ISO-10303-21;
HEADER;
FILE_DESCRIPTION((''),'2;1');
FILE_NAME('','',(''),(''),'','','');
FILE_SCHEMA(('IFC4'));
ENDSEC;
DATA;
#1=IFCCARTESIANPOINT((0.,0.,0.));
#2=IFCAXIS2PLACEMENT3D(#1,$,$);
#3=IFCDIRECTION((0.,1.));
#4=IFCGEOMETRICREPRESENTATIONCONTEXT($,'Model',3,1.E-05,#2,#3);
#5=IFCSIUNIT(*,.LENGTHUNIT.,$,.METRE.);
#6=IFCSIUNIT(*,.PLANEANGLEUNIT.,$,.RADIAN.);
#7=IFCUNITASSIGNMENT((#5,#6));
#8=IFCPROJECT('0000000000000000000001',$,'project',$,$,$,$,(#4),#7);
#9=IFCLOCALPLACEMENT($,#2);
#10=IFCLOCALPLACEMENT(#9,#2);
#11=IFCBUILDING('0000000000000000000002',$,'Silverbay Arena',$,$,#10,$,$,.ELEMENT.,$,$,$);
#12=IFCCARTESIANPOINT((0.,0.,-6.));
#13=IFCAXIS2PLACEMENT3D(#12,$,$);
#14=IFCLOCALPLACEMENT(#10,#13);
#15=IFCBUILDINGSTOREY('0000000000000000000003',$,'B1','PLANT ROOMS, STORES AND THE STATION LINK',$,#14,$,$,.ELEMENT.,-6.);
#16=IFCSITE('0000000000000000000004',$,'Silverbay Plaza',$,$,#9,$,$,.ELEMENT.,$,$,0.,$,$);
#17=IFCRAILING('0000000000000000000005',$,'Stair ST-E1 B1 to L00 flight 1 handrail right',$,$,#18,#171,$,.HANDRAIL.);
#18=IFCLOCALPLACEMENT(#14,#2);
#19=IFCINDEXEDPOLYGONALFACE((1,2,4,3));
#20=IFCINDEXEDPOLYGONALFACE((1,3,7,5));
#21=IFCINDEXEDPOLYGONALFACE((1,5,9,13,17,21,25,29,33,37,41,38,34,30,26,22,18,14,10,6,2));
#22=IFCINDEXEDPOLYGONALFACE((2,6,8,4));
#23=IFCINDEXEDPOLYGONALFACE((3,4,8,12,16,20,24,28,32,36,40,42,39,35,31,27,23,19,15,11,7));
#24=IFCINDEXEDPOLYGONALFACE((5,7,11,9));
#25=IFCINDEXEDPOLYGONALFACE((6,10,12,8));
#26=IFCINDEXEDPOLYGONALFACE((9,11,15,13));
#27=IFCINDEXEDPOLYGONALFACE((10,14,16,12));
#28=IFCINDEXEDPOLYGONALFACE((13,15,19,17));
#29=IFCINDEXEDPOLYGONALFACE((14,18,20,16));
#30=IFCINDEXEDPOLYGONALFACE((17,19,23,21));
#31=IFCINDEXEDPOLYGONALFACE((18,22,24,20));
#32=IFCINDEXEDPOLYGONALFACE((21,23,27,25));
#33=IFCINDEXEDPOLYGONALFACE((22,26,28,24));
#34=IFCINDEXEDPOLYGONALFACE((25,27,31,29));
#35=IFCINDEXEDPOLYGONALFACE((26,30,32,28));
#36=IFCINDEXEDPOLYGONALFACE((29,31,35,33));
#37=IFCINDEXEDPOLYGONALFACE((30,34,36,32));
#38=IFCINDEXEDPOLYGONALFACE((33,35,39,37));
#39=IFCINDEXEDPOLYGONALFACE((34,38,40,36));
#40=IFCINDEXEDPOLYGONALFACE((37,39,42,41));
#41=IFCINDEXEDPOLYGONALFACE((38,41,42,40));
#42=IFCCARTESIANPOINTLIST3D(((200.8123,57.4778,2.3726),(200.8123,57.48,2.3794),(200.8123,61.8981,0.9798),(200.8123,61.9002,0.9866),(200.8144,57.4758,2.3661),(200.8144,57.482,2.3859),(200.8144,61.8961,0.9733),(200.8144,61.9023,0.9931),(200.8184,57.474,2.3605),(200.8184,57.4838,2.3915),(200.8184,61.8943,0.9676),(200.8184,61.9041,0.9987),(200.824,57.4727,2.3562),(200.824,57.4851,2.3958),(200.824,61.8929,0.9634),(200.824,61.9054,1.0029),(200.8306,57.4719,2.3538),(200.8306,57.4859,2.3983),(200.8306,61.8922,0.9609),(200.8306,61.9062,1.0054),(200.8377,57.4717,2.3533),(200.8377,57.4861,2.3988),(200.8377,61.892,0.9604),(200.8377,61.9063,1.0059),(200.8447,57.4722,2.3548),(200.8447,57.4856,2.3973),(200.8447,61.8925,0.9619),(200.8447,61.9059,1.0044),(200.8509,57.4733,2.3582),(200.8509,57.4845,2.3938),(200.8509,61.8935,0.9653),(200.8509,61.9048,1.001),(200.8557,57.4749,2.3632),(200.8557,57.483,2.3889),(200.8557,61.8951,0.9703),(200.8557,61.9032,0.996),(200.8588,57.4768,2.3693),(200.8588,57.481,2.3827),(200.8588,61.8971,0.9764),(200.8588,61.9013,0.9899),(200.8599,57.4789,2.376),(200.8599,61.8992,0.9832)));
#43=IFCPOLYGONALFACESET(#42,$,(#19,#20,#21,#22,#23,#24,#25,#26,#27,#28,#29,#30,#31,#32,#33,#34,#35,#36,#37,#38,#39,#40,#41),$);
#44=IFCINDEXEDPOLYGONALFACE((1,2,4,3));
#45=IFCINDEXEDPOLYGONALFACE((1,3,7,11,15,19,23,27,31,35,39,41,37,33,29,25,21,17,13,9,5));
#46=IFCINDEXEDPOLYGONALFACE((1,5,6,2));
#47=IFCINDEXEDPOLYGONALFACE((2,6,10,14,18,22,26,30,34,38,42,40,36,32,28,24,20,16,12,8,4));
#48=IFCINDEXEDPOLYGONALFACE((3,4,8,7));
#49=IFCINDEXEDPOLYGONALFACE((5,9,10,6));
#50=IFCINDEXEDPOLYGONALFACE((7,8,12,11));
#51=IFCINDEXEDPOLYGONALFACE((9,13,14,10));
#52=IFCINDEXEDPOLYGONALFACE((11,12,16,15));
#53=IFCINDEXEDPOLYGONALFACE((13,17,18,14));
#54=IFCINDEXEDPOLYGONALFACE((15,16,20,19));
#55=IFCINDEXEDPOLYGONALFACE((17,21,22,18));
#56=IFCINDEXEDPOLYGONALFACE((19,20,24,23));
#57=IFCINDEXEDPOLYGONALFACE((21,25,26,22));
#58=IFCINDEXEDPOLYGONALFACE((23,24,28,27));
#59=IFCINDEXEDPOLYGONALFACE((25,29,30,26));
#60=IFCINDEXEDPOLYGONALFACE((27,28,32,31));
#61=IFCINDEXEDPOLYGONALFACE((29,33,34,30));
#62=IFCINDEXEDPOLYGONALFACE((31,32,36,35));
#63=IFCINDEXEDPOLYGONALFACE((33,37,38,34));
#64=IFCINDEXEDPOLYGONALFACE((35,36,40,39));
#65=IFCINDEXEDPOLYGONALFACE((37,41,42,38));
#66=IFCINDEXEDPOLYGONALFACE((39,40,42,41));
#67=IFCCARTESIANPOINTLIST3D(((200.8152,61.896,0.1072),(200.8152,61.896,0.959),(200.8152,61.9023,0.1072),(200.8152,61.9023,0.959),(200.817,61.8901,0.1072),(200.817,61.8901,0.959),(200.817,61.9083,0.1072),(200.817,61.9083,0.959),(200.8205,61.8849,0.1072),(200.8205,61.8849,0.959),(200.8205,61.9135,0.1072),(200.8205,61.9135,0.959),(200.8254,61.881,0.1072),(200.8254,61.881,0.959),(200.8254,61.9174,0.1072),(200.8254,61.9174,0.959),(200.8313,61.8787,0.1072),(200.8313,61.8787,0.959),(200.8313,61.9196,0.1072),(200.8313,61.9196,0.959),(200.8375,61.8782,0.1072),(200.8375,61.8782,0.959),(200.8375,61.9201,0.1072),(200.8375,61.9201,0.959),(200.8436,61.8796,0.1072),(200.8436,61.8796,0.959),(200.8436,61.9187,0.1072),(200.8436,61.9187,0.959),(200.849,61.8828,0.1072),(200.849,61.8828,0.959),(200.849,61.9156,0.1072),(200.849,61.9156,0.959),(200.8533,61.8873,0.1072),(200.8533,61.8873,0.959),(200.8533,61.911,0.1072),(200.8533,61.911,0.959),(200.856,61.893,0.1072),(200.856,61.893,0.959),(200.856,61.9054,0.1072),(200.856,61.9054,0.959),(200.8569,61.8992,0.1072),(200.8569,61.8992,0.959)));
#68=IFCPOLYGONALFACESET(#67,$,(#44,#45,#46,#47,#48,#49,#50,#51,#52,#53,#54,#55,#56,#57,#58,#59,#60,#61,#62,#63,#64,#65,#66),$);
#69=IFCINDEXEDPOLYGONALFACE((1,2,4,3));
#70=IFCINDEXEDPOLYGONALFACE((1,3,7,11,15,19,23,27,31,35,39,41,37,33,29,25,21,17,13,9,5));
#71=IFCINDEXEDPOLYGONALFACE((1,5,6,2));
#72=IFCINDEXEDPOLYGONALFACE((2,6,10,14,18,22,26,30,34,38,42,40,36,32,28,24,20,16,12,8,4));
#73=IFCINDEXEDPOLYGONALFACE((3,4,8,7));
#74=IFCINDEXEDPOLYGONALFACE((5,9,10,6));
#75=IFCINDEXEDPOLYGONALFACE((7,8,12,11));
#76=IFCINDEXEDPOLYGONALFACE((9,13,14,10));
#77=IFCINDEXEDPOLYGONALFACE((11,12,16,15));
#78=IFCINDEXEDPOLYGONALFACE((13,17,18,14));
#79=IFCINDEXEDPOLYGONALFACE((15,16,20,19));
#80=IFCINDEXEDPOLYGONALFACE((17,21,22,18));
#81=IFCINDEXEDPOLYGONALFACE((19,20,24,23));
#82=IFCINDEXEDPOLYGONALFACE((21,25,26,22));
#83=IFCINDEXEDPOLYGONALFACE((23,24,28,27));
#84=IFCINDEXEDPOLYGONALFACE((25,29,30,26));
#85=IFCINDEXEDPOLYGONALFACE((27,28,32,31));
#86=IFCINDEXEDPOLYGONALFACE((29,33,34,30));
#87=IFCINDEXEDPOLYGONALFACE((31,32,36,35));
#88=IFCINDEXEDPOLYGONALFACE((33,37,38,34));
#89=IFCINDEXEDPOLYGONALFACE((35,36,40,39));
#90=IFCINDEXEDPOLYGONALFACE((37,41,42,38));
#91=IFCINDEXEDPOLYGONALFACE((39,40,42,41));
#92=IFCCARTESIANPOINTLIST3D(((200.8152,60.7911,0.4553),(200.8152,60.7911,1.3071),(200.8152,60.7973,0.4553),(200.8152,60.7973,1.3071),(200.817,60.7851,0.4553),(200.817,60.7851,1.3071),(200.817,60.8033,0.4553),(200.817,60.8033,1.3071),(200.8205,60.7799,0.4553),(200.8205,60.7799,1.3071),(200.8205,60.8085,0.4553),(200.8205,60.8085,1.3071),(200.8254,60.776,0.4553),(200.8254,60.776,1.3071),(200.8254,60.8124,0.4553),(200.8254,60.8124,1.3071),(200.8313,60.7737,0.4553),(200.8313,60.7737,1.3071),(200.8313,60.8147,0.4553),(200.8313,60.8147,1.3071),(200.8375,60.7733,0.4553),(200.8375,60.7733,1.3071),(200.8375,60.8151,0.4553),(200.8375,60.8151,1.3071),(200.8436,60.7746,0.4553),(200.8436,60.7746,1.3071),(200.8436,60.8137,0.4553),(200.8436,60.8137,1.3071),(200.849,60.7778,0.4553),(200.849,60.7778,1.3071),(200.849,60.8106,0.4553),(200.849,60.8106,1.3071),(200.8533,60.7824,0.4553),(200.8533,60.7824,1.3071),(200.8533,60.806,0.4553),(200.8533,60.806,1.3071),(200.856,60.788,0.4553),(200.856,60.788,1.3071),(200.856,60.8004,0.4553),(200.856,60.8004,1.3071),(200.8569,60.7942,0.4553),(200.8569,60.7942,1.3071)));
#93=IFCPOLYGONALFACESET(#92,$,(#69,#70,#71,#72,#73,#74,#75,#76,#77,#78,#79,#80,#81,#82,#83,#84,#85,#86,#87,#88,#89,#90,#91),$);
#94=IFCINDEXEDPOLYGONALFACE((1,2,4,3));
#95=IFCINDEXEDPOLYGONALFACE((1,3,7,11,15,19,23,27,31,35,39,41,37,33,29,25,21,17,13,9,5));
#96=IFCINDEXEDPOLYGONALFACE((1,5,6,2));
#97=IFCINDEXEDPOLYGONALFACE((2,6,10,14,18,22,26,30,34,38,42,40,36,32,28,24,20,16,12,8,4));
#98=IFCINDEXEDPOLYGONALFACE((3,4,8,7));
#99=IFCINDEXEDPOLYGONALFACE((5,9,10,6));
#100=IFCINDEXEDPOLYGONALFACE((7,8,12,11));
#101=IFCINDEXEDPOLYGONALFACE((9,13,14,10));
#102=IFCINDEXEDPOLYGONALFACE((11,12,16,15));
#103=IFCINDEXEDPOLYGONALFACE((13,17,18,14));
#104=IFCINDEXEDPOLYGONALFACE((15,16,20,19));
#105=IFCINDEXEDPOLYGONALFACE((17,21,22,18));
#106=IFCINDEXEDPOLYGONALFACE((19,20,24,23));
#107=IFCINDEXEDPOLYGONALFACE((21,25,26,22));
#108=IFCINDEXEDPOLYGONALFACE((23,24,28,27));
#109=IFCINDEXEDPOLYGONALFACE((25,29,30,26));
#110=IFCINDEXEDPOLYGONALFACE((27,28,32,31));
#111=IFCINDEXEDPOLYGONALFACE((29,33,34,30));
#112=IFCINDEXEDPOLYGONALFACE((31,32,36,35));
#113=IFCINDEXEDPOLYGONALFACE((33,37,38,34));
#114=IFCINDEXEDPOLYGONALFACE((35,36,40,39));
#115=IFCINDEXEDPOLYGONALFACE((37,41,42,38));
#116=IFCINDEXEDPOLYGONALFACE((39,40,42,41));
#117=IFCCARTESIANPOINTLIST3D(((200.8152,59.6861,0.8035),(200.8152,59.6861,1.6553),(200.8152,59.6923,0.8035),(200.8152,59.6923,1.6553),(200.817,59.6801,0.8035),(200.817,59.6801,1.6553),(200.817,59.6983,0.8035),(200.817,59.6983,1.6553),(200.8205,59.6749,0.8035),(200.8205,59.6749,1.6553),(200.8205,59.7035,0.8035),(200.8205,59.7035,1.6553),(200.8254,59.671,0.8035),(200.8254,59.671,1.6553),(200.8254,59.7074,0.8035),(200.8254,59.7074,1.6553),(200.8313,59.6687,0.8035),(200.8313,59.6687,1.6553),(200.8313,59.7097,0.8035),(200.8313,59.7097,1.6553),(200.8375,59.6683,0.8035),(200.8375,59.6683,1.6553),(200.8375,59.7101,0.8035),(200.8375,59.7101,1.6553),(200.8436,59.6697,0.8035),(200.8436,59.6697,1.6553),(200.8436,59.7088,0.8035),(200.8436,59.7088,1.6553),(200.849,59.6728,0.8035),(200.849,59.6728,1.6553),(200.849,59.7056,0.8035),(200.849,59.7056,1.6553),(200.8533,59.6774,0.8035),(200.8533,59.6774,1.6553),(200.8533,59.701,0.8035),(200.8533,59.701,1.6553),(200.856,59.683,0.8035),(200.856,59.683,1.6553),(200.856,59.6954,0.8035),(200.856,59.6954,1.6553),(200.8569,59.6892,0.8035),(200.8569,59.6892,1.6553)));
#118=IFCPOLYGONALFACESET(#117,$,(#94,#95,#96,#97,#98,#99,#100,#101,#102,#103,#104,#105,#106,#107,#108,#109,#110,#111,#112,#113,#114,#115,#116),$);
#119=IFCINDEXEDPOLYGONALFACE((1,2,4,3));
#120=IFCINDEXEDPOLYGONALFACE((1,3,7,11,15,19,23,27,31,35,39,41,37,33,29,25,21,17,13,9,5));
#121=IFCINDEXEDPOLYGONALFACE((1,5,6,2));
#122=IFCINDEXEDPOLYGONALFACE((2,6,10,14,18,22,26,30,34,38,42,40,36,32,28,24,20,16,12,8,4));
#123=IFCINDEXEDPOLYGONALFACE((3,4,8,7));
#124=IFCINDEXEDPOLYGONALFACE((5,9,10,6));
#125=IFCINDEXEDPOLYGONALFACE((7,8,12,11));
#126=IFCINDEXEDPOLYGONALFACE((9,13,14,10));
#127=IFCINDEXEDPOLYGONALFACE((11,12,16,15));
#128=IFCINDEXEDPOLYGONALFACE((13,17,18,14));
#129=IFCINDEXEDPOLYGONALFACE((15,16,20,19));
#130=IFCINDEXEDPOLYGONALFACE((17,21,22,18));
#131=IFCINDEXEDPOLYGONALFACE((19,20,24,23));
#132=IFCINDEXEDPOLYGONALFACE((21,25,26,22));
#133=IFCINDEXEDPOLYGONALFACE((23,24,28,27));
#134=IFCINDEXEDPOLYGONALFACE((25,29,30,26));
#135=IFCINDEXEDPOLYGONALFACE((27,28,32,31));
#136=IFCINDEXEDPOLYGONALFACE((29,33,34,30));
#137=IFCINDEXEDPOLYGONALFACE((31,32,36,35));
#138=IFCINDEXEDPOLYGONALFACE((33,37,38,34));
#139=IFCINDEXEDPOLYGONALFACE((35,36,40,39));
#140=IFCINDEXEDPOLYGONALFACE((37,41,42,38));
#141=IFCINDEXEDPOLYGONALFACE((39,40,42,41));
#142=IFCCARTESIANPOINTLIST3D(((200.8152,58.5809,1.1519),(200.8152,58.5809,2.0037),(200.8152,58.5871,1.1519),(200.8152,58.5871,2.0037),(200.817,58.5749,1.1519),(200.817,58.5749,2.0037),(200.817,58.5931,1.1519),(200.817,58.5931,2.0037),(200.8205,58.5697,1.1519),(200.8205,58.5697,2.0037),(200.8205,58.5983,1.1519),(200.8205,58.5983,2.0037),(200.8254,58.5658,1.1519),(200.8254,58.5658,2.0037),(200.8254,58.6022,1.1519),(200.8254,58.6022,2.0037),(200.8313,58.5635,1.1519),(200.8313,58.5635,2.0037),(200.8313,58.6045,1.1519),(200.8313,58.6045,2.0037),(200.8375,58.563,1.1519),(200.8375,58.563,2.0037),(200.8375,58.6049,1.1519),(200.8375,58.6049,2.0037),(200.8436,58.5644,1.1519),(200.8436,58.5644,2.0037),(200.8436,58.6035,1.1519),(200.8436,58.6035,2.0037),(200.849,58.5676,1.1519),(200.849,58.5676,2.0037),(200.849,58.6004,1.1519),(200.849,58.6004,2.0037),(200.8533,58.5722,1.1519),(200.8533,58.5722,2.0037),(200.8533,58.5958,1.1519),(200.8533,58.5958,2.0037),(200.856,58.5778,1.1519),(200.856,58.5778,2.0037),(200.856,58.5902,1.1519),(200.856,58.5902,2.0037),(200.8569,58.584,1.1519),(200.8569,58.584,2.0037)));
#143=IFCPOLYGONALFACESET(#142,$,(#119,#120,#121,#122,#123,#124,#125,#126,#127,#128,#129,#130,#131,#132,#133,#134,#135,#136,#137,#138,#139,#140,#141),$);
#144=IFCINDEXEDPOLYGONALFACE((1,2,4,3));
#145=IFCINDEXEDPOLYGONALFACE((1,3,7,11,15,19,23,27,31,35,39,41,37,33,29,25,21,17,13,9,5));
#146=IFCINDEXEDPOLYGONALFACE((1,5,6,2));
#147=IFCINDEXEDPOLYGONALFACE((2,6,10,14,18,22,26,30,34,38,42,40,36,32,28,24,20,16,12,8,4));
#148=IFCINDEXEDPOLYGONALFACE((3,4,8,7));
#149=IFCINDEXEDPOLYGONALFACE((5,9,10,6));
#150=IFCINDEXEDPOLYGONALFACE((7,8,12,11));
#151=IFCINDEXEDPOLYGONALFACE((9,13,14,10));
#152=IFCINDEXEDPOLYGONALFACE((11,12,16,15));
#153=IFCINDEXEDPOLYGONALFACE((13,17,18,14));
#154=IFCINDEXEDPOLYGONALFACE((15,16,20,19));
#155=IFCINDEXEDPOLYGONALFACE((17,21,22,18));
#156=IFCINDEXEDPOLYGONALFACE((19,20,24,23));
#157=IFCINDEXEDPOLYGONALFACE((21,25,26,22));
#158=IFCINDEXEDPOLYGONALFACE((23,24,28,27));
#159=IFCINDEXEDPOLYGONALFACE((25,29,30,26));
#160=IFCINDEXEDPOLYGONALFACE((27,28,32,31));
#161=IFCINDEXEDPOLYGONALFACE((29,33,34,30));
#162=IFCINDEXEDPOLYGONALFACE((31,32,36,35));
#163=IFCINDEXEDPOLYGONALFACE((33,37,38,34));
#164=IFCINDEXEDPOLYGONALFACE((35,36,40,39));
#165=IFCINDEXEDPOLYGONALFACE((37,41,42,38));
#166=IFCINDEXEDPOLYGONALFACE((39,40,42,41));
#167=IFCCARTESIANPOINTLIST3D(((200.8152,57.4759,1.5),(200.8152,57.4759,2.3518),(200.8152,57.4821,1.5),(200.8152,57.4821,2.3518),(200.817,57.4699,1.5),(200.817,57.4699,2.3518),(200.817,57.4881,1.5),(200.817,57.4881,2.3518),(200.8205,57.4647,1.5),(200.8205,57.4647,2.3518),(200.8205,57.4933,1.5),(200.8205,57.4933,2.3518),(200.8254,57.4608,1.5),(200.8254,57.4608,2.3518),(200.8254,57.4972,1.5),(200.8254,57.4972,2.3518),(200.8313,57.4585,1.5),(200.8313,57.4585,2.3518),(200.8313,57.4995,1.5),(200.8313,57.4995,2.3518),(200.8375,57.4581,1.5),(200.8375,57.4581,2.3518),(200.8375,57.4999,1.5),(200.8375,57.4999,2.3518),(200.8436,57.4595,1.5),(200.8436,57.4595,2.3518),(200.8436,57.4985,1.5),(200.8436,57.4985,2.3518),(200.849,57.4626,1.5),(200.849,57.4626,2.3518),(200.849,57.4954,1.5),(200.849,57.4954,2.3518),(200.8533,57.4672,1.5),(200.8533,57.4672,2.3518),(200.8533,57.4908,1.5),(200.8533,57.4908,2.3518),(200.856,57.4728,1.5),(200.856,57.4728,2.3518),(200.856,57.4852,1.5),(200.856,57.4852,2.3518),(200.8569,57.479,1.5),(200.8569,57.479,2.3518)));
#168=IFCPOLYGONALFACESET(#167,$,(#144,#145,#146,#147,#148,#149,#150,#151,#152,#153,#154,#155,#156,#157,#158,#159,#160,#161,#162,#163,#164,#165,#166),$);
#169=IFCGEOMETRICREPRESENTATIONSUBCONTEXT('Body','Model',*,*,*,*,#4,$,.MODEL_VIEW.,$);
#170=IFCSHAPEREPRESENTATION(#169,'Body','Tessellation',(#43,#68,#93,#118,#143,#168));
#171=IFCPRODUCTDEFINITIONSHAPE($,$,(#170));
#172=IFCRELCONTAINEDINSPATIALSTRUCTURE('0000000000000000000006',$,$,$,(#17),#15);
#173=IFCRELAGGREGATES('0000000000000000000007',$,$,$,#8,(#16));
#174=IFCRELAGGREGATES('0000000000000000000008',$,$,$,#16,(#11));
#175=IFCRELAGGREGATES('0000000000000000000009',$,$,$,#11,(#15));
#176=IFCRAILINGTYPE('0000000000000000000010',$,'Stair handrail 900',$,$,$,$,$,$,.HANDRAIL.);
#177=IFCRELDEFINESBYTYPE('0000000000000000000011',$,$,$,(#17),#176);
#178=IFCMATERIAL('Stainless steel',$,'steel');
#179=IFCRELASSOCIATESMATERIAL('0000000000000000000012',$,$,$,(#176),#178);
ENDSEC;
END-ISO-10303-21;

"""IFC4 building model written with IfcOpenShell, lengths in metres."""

from ifc_helpers import new_model, si_unit, direction, frame, origin, origin_2d, place, context, subcontext, project, spatial, circle, extrude, material, type_object, element, save


model = new_model("IFC4")

# Units and contexts
model_context = context("Model", 3, precision=1e-05, world=origin(), true_north=direction((0.0, 1.0)))
body_context = subcontext(model_context, "Body", "Model", "MODEL_VIEW")
ifc_project = project(units=[si_unit("LENGTHUNIT", "METRE"), si_unit("PLANEANGLEUNIT", "RADIAN")], contexts=[model_context])

# Site, building, storey
site_placement = place(None, origin())
site = spatial("IfcSite", under=ifc_project, at=site_placement, Name="Silverbay Plaza", CompositionType="ELEMENT", RefElevation=0.0)
building_placement = place(site_placement, origin())
building = spatial("IfcBuilding", under=site, at=building_placement, Name="Silverbay Arena", CompositionType="ELEMENT")
storey_placement = place(building_placement, frame((0.0, 0.0, -6.0)))
storey = spatial("IfcBuildingStorey", under=building, at=storey_placement, Name="B1", Description="PLANT ROOMS, STORES AND THE STATION LINK", CompositionType="ELEMENT", Elevation=-6.0)

# Railing
ifc_material_1 = material(Name="Stainless steel", Category="steel")
railing_type_1 = type_object("IfcRailingType", Name="Stair handrail 900", PredefinedType="HANDRAIL", material=ifc_material_1)
for number, where, name in (
    (1, (200.8359, 61.8992, 0.1072), "Stair ST-E1 B1 to L00 flight 1 handrail right"),
):
    element("IfcRailing", number, at=place(storey_placement, frame(where)), inside=storey, type_object=railing_type_1, Name=name, PredefinedType="HANDRAIL", context=body_context, shape_type="SweptSolid", body=[
        extrude(circle(Radius=0.0239, at=origin_2d()), frame((0.0, 0.0, 0.876), z_axis=(0.0, -0.95377, 0.300539), x_axis=(1.0, 0.0, 0.0)), (0.0, 0.0, 1.0), 4.6345),
        extrude(circle(Radius=0.021, at=origin_2d()), origin(), (0.0, 0.0, 1.0), 0.8518),
        extrude(circle(Radius=0.021, at=origin_2d()), frame((0.0, -1.105, 0.3481)), (0.0, 0.0, 1.0), 0.8518),
        extrude(circle(Radius=0.021, at=origin_2d()), frame((0.0, -2.21, 0.6963)), (0.0, 0.0, 1.0), 0.8518),
        extrude(circle(Radius=0.021, at=origin_2d()), frame((0.0, -3.3152, 1.0447)), (0.0, 0.0, 1.0), 0.8518),
        extrude(circle(Radius=0.021, at=origin_2d()), frame((0.0, -4.4202, 1.3928)), (0.0, 0.0, 1.0), 0.8518),
    ])

save(model, "model.ifc")
